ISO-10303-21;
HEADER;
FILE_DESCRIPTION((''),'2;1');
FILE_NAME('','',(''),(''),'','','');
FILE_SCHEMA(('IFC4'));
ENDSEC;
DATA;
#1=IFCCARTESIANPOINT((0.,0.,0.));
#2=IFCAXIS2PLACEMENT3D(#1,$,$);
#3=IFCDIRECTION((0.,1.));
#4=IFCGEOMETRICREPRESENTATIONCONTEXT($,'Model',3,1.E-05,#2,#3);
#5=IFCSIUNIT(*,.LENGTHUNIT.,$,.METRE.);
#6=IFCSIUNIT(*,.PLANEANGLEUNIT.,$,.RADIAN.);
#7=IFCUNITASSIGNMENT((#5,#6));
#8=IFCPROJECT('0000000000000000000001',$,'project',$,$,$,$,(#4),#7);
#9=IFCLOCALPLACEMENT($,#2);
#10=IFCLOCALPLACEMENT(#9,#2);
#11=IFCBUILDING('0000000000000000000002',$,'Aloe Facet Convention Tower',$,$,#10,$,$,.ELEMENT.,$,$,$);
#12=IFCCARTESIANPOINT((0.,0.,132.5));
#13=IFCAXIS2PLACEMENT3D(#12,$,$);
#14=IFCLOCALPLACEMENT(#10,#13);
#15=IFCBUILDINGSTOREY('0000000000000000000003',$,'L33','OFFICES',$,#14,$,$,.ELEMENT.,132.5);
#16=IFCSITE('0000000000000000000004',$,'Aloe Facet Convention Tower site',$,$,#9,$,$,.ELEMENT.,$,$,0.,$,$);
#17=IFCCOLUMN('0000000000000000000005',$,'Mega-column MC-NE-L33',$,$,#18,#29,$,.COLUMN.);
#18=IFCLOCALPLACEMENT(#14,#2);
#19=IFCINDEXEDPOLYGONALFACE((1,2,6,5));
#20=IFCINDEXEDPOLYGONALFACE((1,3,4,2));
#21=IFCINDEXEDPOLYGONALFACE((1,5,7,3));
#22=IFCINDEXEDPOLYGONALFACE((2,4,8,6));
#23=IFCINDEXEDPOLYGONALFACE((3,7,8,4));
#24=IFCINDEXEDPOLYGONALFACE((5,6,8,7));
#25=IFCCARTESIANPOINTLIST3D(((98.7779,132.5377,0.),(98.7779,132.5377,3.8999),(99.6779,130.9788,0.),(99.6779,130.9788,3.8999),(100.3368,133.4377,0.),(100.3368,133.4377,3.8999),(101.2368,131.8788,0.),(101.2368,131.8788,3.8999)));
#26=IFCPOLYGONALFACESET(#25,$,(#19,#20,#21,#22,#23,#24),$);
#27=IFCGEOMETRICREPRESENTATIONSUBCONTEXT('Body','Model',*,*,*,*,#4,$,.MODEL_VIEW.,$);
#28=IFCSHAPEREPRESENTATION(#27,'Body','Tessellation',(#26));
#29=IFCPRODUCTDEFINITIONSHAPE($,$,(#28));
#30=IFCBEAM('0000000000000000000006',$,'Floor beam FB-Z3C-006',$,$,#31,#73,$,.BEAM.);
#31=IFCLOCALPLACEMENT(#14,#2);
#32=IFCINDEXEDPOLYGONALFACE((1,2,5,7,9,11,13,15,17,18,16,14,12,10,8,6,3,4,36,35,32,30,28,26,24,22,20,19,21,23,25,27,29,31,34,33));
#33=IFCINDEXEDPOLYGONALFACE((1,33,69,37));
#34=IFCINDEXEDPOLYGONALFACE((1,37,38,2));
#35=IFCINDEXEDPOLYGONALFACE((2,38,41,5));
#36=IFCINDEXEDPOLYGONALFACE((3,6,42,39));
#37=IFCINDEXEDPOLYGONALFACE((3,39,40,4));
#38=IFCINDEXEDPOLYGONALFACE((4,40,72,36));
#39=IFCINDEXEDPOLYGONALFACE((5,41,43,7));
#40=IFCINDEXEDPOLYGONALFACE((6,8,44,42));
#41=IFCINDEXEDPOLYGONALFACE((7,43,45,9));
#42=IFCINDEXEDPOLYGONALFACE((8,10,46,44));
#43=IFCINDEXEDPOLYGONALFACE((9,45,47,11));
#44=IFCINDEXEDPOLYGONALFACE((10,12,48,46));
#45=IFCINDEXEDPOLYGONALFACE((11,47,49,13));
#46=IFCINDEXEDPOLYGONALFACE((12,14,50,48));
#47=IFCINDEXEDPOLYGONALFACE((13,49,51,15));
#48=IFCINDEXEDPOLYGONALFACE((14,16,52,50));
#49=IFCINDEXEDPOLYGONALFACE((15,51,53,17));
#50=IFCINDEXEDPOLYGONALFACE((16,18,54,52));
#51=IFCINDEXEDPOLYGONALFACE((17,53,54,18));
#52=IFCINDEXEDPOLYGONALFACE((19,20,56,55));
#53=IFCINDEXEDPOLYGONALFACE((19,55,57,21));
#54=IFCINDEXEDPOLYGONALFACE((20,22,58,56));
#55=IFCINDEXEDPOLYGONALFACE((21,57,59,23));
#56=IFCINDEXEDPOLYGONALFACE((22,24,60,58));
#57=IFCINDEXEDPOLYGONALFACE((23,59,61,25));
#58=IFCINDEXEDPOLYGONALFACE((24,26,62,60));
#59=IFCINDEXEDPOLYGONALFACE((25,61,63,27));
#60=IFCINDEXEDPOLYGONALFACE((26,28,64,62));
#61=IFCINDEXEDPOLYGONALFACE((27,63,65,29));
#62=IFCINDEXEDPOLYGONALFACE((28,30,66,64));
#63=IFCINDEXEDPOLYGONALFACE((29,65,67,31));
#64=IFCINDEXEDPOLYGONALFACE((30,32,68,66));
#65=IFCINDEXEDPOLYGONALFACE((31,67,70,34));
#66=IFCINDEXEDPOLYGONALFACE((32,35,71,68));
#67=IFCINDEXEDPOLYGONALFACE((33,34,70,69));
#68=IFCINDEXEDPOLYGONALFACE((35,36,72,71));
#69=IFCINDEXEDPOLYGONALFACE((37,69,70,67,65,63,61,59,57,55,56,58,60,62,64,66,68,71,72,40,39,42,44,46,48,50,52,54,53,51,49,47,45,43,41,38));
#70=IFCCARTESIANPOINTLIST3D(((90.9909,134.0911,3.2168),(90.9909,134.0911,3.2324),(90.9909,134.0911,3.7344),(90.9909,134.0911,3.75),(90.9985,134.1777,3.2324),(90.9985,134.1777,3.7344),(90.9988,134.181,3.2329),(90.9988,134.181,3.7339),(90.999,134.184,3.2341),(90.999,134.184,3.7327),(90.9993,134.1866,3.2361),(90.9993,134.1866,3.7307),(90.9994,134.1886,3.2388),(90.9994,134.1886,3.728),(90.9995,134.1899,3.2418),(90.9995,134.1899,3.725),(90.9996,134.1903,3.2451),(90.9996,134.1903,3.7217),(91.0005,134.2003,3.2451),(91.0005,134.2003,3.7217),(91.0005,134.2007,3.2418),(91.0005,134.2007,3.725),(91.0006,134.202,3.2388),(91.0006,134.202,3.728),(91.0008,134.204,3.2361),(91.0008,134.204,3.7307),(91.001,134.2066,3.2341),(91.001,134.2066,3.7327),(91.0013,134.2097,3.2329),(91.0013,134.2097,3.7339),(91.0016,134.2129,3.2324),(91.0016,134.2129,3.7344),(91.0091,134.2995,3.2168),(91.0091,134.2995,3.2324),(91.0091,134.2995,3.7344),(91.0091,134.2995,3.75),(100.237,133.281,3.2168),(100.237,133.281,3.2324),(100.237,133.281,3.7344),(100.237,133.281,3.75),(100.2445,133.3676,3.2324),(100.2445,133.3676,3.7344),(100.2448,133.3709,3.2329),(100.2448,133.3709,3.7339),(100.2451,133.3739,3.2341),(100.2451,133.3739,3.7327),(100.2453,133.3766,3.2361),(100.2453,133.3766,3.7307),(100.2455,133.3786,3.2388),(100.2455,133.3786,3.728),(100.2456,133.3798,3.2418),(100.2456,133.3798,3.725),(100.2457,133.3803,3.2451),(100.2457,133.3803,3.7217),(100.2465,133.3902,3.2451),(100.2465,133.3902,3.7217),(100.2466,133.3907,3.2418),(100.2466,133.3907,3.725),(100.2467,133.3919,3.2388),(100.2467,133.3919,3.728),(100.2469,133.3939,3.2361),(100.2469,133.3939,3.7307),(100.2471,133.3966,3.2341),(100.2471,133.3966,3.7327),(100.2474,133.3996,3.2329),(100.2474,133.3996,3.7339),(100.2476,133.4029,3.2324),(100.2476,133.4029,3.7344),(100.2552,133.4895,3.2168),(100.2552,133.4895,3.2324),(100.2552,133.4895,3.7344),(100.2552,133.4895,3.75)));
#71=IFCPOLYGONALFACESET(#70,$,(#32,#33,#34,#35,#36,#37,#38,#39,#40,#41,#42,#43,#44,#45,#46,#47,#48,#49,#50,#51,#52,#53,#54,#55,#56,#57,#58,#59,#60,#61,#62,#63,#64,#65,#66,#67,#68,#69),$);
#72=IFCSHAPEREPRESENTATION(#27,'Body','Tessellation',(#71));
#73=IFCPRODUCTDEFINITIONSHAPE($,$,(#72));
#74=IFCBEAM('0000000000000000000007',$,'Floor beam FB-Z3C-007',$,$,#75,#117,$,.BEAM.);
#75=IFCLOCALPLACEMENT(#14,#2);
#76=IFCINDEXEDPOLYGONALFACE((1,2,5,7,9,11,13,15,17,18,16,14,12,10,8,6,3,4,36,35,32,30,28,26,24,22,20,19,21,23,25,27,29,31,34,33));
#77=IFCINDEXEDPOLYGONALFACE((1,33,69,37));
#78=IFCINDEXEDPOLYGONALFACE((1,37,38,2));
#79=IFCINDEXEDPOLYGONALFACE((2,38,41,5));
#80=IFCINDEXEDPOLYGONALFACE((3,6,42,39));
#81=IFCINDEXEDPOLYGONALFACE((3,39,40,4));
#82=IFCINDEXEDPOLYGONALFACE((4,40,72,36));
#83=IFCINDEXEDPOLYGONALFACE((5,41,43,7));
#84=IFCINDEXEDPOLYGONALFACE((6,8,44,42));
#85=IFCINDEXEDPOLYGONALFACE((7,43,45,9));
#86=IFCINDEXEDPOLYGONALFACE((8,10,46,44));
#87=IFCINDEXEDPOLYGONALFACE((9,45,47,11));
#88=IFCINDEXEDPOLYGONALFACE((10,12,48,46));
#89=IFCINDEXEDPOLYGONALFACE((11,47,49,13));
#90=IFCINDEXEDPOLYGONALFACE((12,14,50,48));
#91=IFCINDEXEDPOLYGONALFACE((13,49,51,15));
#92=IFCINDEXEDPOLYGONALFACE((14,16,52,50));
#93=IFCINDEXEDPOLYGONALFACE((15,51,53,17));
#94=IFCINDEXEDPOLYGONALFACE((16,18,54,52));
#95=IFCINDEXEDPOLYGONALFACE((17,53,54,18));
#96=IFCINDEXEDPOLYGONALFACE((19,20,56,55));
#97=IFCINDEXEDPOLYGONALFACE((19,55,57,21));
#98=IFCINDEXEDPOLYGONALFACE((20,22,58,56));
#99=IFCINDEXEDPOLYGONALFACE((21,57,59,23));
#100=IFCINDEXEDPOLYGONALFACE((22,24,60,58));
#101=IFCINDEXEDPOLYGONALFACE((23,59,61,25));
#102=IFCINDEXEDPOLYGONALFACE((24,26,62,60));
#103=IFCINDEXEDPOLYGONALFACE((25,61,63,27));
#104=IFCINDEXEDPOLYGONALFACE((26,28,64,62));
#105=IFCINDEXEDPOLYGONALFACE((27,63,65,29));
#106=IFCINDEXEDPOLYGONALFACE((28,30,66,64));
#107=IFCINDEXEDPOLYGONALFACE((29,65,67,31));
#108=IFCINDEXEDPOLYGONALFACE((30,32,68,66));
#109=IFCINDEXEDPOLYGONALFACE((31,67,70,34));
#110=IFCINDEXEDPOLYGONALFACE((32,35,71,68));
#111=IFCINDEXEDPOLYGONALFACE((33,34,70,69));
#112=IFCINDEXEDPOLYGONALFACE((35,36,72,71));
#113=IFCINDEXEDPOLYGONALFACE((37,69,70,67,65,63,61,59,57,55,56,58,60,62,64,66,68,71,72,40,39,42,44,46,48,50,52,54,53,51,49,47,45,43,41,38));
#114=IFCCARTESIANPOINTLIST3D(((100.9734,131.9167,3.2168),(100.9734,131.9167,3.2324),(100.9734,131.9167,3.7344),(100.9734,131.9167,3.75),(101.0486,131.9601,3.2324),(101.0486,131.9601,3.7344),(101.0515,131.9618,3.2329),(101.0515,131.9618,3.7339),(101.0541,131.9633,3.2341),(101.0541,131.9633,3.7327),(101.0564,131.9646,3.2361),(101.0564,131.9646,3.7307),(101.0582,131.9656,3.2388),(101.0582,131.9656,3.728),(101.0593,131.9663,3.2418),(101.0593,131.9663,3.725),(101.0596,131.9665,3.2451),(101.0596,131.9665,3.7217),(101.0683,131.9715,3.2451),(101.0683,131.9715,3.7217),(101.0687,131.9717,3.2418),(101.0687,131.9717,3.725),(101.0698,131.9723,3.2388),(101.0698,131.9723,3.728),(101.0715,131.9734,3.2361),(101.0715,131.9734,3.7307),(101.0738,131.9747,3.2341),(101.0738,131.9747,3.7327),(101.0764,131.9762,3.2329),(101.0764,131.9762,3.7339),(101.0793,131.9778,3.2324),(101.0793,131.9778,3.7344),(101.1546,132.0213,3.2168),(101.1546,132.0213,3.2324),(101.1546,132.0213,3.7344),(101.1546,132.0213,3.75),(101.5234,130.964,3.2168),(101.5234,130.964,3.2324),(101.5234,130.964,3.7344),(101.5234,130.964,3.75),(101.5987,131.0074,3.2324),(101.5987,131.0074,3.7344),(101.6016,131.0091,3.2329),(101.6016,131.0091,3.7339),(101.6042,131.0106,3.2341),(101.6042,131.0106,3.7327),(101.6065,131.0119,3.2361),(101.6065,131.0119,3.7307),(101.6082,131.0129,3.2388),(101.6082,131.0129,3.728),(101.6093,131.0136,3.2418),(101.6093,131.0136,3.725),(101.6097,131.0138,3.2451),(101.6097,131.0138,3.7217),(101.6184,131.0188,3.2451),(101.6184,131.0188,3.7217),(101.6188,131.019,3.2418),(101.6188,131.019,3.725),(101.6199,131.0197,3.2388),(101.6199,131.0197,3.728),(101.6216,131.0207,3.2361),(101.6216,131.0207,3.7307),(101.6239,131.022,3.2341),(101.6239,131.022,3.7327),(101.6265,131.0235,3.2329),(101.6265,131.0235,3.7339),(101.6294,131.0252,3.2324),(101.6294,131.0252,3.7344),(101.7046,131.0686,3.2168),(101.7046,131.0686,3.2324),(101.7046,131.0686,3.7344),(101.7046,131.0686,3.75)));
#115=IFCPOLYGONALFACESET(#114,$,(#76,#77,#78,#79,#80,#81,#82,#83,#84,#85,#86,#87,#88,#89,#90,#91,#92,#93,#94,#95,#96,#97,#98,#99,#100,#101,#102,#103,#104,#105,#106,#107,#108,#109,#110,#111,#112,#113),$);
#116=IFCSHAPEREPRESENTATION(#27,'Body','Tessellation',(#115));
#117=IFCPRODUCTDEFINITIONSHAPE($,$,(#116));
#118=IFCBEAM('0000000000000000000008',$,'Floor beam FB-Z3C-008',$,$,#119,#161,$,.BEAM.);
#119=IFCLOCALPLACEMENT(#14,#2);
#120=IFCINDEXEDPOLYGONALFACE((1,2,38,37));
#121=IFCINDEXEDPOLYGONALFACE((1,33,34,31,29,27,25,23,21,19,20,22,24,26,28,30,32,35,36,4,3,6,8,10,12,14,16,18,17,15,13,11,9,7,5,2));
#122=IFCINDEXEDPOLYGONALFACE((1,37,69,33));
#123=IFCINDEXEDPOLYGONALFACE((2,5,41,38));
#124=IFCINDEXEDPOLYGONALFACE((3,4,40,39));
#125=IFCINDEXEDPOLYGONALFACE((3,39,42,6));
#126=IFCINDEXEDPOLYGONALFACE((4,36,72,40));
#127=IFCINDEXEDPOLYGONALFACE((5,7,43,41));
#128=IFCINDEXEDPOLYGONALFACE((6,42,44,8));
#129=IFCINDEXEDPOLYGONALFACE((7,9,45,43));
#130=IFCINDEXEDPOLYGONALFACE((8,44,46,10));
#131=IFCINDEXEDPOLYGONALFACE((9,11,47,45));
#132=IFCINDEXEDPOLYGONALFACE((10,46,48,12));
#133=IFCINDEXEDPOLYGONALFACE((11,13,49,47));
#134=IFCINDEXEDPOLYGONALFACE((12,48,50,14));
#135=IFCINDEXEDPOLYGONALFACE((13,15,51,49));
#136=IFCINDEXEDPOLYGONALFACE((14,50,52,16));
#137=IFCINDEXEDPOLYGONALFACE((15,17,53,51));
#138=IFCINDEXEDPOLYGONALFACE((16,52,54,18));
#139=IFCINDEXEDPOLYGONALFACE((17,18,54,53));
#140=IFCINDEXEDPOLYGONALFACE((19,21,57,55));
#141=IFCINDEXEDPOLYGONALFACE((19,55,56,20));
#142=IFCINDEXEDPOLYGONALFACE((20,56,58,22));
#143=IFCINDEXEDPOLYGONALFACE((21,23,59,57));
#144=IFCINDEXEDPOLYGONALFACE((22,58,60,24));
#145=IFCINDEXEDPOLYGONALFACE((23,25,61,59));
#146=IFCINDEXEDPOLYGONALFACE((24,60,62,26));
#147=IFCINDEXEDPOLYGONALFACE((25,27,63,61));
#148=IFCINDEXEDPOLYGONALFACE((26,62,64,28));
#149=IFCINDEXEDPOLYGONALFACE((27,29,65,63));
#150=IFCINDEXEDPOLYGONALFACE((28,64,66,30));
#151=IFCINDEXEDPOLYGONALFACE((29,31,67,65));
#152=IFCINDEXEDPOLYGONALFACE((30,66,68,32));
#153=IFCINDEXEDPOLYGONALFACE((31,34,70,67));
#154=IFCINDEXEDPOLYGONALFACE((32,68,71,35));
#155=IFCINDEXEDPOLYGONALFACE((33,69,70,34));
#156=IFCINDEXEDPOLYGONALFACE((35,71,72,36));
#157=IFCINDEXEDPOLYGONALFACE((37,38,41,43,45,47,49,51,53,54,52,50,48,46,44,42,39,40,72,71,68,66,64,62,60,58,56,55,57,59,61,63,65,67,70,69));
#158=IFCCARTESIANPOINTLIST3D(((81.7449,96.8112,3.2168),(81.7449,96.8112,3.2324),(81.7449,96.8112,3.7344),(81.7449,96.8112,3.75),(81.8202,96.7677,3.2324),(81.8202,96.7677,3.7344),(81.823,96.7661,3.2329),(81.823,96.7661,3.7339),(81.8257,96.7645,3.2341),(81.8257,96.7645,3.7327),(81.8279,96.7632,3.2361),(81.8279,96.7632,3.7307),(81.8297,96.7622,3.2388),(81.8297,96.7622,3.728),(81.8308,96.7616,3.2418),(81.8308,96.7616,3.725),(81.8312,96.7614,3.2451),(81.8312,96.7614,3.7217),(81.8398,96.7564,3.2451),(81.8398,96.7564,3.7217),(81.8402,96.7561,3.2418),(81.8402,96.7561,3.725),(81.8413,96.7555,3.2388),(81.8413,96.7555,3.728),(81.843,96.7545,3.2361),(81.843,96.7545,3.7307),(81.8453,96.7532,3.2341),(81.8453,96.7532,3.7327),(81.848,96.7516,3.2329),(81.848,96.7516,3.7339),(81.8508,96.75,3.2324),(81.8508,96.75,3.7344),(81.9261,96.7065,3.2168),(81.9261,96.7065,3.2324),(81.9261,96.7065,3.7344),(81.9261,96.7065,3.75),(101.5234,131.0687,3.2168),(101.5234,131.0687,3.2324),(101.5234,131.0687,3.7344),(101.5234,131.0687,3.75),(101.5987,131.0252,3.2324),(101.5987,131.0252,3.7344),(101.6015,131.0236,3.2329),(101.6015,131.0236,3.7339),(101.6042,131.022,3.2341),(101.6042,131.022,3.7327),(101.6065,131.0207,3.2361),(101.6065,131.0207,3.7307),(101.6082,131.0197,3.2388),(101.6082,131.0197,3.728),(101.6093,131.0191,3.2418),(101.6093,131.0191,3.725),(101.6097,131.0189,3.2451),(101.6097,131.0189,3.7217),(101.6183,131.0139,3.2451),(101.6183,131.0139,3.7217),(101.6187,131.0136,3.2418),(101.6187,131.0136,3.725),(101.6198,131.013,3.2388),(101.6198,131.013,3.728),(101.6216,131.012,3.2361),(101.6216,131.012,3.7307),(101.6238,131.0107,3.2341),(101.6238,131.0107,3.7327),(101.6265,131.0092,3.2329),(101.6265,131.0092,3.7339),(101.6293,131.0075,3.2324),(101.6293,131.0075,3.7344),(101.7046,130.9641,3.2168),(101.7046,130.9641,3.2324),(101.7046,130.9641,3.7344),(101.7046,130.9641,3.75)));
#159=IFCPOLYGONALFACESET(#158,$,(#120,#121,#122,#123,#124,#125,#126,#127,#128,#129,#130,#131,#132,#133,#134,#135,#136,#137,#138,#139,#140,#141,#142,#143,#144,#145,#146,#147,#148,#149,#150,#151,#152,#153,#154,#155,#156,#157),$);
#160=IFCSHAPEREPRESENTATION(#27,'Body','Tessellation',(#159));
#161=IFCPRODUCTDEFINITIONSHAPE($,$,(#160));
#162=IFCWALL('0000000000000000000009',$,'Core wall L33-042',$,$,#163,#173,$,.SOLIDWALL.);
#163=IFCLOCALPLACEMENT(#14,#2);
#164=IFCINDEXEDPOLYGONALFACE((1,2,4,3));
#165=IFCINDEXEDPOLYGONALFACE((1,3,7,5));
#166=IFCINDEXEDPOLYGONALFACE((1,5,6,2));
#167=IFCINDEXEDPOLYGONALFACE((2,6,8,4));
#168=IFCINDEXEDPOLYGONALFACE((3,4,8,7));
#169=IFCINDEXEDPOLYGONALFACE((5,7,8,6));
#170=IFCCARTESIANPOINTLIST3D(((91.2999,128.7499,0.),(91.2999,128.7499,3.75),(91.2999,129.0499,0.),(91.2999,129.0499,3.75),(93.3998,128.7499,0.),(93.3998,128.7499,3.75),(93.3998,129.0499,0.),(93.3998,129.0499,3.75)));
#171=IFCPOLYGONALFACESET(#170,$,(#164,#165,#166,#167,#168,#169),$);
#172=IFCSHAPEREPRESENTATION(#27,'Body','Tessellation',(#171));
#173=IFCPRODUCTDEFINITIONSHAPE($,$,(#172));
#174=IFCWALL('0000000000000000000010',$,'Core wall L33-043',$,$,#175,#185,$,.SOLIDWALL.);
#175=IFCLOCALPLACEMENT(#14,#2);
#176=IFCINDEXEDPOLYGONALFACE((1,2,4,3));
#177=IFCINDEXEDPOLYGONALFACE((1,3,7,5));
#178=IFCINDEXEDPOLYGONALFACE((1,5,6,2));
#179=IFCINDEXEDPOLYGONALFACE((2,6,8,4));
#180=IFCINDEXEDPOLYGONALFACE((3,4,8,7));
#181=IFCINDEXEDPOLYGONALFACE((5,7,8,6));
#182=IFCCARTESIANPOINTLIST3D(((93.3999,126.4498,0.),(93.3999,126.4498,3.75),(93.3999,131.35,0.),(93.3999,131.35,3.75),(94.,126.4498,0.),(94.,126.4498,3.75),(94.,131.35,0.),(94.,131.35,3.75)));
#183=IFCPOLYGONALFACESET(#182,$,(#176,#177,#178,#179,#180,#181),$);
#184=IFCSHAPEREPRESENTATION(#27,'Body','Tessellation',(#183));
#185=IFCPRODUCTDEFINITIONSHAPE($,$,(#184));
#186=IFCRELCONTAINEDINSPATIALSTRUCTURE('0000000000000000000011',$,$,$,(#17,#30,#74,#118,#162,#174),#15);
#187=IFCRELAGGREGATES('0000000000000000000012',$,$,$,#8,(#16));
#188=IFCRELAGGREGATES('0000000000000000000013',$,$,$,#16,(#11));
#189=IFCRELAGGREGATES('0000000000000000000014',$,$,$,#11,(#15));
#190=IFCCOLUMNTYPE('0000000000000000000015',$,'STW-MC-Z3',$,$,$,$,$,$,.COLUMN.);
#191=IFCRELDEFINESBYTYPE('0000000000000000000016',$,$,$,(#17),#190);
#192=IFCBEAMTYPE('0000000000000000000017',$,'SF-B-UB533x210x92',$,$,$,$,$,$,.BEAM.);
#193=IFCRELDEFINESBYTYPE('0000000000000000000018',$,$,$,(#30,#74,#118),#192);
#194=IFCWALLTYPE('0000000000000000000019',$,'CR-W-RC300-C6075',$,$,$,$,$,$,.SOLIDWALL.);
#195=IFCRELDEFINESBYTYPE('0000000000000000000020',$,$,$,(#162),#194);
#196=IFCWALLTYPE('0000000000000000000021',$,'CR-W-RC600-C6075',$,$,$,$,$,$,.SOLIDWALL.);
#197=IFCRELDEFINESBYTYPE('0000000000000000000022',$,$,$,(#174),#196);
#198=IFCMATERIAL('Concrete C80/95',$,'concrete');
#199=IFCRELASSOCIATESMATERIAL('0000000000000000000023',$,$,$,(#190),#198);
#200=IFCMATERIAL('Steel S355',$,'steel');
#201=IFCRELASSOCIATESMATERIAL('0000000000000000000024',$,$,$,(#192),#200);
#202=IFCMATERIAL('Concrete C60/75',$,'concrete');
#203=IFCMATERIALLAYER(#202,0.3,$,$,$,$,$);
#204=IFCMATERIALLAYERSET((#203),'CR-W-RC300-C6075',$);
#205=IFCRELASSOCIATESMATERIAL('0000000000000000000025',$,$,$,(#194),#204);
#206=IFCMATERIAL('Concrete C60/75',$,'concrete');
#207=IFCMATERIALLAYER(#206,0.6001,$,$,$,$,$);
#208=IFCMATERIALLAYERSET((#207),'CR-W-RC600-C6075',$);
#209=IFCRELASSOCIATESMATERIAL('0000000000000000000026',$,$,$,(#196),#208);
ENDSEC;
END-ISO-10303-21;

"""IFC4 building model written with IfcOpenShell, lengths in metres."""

from ifc_helpers import new_model, si_unit, direction, frame, frame_2d, origin, origin_2d, place, context, subcontext, project, spatial, rectangle, i_section, extrude, material, layer, layer_set, material_profile, profile_set, type_object, element, save


model = new_model("IFC4")

# Units and contexts
model_context = context("Model", 3, precision=1e-05, world=origin(), true_north=direction((0.0, 1.0)))
body_context = subcontext(model_context, "Body", "Model", "MODEL_VIEW")
ifc_project = project(units=[si_unit("LENGTHUNIT", "METRE"), si_unit("PLANEANGLEUNIT", "RADIAN")], contexts=[model_context])

# Site, building, storey
site_placement = place(None, origin())
site = spatial("IfcSite", under=ifc_project, at=site_placement, Name="Aloe Facet Convention Tower site", CompositionType="ELEMENT", RefElevation=0.0)
building_placement = place(site_placement, origin())
building = spatial("IfcBuilding", under=site, at=building_placement, Name="Aloe Facet Convention Tower", CompositionType="ELEMENT")
storey_placement = place(building_placement, frame((0.0, 0.0, 132.5)))
storey = spatial("IfcBuildingStorey", under=building, at=storey_placement, Name="L33", Description="OFFICES", CompositionType="ELEMENT", Elevation=132.5)

# Column
ifc_material_1 = material(Name="Concrete C80/95", Category="concrete")
ifc_material_profile_1 = material_profile(ifc_material_1, rectangle(XDim=1.8, YDim=1.8, at=origin_2d()), Name="STW-MC-Z3")
ifc_profile_set_1 = profile_set([ifc_material_profile_1], Name="Concrete C80/95")
column_type = type_object("IfcColumnType", Name="STW-MC-Z3", PredefinedType="COLUMN", material=ifc_profile_set_1)
column_placement = place(storey_placement, frame((100.0073, 132.2083, 0.0), z_axis=(0.0, 0.0, 1.0), x_axis=(-0.5, 0.866025, 0.0)))
element("IfcColumn", 1, at=column_placement, inside=storey, type_object=column_type, Name="Mega-column MC-NE-L33", PredefinedType="COLUMN", context=body_context, shape_type="SweptSolid", body=[
    extrude(rectangle(XDim=1.8, YDim=1.8, at=origin_2d()), origin(), (0.0, 0.0, 1.0), 3.8999),
])

# Beams
ifc_material_2 = material(Name="Steel S355", Category="steel")
ifc_material_profile_2 = material_profile(ifc_material_2, i_section(OverallWidth=0.2092, OverallDepth=0.5332, WebThickness=0.01, FlangeThickness=0.0156, FilletRadius=0.0127, at=origin_2d()), Name="UB 533x210x92")
ifc_profile_set_2 = profile_set([ifc_material_profile_2], Name="Steel S355")
beam_type = type_object("IfcBeamType", Name="SF-B-UB533x210x92", PredefinedType="BEAM", material=ifc_profile_set_2)
beam_1_placement = place(storey_placement, frame((100.2461, 133.3853, 3.4834), z_axis=(-0.996184, 0.087277, 0.0), x_axis=(-0.087277, -0.996184, 0.0)))
element("IfcBeam", 2, at=beam_1_placement, inside=storey, type_object=beam_type, Name="Floor beam FB-Z3C-006", PredefinedType="BEAM", context=body_context, shape_type="SweptSolid", body=[
    extrude(i_section(OverallWidth=0.2092, OverallDepth=0.5332, WebThickness=0.01, FlangeThickness=0.0156, FilletRadius=0.0127, at=origin_2d()), origin(), (0.0, 0.0, 1.0), 9.2815),
])
beam_2_placement = place(storey_placement, frame((101.064, 131.969, 3.4834), z_axis=(0.50003, -0.866008, 0.0), x_axis=(0.866008, 0.50003, 0.0)))
element("IfcBeam", 3, at=beam_2_placement, inside=storey, type_object=beam_type, Name="Floor beam FB-Z3C-007", PredefinedType="BEAM", context=body_context, shape_type="SweptSolid", body=[
    extrude(i_section(OverallWidth=0.2092, OverallDepth=0.5332, WebThickness=0.01, FlangeThickness=0.0156, FilletRadius=0.0127, at=origin_2d()), origin(), (0.0, 0.0, 1.0), 1.1001),
])
beam_3_placement = place(storey_placement, frame((101.614, 131.0164, 3.4834), z_axis=(-0.499999, -0.866026, 0.0), x_axis=(0.866026, -0.499999, 0.0)))
element("IfcBeam", 4, at=beam_3_placement, inside=storey, type_object=beam_type, Name="Floor beam FB-Z3C-008", PredefinedType="BEAM", context=body_context, shape_type="SweptSolid", body=[
    extrude(i_section(OverallWidth=0.2092, OverallDepth=0.5332, WebThickness=0.01, FlangeThickness=0.0156, FilletRadius=0.0127, at=origin_2d()), origin(), (0.0, 0.0, 1.0), 39.5571),
])

# Walls
ifc_material_3 = material(Name="Concrete C60/75", Category="concrete")
ifc_layer_1 = layer(ifc_material_3, 0.3)
ifc_layer_set_1 = layer_set([ifc_layer_1], Name="CR-W-RC300-C6075")
wall_type_1 = type_object("IfcWallType", Name="CR-W-RC300-C6075", PredefinedType="SOLIDWALL", material=ifc_layer_set_1)
wall_1_placement = place(storey_placement, frame((91.3, 128.8999, 0.0), z_axis=(0.0, 0.0, 1.0), x_axis=(1.0, 0.0, 0.0)))
element("IfcWall", 5, at=wall_1_placement, inside=storey, type_object=wall_type_1, Name="Core wall L33-042", PredefinedType="SOLIDWALL", context=body_context, shape_type="SweptSolid", body=[
    extrude(rectangle(XDim=2.0999, YDim=0.3, at=frame_2d((1.0498, 0.0))), origin(), (0.0, 0.0, 1.0), 3.75),
])
ifc_material_4 = material(Name="Concrete C60/75", Category="concrete")
ifc_layer_2 = layer(ifc_material_4, 0.6001)
ifc_layer_set_2 = layer_set([ifc_layer_2], Name="CR-W-RC600-C6075")
wall_type_2 = type_object("IfcWallType", Name="CR-W-RC600-C6075", PredefinedType="SOLIDWALL", material=ifc_layer_set_2)
wall_2_placement = place(storey_placement, frame((93.7, 131.3501, 0.0), z_axis=(0.0, 0.0, 1.0), x_axis=(0.0, -1.0, 0.0)))
element("IfcWall", 6, at=wall_2_placement, inside=storey, type_object=wall_type_2, Name="Core wall L33-043", PredefinedType="SOLIDWALL", context=body_context, shape_type="SweptSolid", body=[
    extrude(rectangle(XDim=4.9001, YDim=0.6001, at=frame_2d((2.4502, 0.0))), origin(), (0.0, 0.0, 1.0), 3.75),
])

save(model, "model.ifc")
